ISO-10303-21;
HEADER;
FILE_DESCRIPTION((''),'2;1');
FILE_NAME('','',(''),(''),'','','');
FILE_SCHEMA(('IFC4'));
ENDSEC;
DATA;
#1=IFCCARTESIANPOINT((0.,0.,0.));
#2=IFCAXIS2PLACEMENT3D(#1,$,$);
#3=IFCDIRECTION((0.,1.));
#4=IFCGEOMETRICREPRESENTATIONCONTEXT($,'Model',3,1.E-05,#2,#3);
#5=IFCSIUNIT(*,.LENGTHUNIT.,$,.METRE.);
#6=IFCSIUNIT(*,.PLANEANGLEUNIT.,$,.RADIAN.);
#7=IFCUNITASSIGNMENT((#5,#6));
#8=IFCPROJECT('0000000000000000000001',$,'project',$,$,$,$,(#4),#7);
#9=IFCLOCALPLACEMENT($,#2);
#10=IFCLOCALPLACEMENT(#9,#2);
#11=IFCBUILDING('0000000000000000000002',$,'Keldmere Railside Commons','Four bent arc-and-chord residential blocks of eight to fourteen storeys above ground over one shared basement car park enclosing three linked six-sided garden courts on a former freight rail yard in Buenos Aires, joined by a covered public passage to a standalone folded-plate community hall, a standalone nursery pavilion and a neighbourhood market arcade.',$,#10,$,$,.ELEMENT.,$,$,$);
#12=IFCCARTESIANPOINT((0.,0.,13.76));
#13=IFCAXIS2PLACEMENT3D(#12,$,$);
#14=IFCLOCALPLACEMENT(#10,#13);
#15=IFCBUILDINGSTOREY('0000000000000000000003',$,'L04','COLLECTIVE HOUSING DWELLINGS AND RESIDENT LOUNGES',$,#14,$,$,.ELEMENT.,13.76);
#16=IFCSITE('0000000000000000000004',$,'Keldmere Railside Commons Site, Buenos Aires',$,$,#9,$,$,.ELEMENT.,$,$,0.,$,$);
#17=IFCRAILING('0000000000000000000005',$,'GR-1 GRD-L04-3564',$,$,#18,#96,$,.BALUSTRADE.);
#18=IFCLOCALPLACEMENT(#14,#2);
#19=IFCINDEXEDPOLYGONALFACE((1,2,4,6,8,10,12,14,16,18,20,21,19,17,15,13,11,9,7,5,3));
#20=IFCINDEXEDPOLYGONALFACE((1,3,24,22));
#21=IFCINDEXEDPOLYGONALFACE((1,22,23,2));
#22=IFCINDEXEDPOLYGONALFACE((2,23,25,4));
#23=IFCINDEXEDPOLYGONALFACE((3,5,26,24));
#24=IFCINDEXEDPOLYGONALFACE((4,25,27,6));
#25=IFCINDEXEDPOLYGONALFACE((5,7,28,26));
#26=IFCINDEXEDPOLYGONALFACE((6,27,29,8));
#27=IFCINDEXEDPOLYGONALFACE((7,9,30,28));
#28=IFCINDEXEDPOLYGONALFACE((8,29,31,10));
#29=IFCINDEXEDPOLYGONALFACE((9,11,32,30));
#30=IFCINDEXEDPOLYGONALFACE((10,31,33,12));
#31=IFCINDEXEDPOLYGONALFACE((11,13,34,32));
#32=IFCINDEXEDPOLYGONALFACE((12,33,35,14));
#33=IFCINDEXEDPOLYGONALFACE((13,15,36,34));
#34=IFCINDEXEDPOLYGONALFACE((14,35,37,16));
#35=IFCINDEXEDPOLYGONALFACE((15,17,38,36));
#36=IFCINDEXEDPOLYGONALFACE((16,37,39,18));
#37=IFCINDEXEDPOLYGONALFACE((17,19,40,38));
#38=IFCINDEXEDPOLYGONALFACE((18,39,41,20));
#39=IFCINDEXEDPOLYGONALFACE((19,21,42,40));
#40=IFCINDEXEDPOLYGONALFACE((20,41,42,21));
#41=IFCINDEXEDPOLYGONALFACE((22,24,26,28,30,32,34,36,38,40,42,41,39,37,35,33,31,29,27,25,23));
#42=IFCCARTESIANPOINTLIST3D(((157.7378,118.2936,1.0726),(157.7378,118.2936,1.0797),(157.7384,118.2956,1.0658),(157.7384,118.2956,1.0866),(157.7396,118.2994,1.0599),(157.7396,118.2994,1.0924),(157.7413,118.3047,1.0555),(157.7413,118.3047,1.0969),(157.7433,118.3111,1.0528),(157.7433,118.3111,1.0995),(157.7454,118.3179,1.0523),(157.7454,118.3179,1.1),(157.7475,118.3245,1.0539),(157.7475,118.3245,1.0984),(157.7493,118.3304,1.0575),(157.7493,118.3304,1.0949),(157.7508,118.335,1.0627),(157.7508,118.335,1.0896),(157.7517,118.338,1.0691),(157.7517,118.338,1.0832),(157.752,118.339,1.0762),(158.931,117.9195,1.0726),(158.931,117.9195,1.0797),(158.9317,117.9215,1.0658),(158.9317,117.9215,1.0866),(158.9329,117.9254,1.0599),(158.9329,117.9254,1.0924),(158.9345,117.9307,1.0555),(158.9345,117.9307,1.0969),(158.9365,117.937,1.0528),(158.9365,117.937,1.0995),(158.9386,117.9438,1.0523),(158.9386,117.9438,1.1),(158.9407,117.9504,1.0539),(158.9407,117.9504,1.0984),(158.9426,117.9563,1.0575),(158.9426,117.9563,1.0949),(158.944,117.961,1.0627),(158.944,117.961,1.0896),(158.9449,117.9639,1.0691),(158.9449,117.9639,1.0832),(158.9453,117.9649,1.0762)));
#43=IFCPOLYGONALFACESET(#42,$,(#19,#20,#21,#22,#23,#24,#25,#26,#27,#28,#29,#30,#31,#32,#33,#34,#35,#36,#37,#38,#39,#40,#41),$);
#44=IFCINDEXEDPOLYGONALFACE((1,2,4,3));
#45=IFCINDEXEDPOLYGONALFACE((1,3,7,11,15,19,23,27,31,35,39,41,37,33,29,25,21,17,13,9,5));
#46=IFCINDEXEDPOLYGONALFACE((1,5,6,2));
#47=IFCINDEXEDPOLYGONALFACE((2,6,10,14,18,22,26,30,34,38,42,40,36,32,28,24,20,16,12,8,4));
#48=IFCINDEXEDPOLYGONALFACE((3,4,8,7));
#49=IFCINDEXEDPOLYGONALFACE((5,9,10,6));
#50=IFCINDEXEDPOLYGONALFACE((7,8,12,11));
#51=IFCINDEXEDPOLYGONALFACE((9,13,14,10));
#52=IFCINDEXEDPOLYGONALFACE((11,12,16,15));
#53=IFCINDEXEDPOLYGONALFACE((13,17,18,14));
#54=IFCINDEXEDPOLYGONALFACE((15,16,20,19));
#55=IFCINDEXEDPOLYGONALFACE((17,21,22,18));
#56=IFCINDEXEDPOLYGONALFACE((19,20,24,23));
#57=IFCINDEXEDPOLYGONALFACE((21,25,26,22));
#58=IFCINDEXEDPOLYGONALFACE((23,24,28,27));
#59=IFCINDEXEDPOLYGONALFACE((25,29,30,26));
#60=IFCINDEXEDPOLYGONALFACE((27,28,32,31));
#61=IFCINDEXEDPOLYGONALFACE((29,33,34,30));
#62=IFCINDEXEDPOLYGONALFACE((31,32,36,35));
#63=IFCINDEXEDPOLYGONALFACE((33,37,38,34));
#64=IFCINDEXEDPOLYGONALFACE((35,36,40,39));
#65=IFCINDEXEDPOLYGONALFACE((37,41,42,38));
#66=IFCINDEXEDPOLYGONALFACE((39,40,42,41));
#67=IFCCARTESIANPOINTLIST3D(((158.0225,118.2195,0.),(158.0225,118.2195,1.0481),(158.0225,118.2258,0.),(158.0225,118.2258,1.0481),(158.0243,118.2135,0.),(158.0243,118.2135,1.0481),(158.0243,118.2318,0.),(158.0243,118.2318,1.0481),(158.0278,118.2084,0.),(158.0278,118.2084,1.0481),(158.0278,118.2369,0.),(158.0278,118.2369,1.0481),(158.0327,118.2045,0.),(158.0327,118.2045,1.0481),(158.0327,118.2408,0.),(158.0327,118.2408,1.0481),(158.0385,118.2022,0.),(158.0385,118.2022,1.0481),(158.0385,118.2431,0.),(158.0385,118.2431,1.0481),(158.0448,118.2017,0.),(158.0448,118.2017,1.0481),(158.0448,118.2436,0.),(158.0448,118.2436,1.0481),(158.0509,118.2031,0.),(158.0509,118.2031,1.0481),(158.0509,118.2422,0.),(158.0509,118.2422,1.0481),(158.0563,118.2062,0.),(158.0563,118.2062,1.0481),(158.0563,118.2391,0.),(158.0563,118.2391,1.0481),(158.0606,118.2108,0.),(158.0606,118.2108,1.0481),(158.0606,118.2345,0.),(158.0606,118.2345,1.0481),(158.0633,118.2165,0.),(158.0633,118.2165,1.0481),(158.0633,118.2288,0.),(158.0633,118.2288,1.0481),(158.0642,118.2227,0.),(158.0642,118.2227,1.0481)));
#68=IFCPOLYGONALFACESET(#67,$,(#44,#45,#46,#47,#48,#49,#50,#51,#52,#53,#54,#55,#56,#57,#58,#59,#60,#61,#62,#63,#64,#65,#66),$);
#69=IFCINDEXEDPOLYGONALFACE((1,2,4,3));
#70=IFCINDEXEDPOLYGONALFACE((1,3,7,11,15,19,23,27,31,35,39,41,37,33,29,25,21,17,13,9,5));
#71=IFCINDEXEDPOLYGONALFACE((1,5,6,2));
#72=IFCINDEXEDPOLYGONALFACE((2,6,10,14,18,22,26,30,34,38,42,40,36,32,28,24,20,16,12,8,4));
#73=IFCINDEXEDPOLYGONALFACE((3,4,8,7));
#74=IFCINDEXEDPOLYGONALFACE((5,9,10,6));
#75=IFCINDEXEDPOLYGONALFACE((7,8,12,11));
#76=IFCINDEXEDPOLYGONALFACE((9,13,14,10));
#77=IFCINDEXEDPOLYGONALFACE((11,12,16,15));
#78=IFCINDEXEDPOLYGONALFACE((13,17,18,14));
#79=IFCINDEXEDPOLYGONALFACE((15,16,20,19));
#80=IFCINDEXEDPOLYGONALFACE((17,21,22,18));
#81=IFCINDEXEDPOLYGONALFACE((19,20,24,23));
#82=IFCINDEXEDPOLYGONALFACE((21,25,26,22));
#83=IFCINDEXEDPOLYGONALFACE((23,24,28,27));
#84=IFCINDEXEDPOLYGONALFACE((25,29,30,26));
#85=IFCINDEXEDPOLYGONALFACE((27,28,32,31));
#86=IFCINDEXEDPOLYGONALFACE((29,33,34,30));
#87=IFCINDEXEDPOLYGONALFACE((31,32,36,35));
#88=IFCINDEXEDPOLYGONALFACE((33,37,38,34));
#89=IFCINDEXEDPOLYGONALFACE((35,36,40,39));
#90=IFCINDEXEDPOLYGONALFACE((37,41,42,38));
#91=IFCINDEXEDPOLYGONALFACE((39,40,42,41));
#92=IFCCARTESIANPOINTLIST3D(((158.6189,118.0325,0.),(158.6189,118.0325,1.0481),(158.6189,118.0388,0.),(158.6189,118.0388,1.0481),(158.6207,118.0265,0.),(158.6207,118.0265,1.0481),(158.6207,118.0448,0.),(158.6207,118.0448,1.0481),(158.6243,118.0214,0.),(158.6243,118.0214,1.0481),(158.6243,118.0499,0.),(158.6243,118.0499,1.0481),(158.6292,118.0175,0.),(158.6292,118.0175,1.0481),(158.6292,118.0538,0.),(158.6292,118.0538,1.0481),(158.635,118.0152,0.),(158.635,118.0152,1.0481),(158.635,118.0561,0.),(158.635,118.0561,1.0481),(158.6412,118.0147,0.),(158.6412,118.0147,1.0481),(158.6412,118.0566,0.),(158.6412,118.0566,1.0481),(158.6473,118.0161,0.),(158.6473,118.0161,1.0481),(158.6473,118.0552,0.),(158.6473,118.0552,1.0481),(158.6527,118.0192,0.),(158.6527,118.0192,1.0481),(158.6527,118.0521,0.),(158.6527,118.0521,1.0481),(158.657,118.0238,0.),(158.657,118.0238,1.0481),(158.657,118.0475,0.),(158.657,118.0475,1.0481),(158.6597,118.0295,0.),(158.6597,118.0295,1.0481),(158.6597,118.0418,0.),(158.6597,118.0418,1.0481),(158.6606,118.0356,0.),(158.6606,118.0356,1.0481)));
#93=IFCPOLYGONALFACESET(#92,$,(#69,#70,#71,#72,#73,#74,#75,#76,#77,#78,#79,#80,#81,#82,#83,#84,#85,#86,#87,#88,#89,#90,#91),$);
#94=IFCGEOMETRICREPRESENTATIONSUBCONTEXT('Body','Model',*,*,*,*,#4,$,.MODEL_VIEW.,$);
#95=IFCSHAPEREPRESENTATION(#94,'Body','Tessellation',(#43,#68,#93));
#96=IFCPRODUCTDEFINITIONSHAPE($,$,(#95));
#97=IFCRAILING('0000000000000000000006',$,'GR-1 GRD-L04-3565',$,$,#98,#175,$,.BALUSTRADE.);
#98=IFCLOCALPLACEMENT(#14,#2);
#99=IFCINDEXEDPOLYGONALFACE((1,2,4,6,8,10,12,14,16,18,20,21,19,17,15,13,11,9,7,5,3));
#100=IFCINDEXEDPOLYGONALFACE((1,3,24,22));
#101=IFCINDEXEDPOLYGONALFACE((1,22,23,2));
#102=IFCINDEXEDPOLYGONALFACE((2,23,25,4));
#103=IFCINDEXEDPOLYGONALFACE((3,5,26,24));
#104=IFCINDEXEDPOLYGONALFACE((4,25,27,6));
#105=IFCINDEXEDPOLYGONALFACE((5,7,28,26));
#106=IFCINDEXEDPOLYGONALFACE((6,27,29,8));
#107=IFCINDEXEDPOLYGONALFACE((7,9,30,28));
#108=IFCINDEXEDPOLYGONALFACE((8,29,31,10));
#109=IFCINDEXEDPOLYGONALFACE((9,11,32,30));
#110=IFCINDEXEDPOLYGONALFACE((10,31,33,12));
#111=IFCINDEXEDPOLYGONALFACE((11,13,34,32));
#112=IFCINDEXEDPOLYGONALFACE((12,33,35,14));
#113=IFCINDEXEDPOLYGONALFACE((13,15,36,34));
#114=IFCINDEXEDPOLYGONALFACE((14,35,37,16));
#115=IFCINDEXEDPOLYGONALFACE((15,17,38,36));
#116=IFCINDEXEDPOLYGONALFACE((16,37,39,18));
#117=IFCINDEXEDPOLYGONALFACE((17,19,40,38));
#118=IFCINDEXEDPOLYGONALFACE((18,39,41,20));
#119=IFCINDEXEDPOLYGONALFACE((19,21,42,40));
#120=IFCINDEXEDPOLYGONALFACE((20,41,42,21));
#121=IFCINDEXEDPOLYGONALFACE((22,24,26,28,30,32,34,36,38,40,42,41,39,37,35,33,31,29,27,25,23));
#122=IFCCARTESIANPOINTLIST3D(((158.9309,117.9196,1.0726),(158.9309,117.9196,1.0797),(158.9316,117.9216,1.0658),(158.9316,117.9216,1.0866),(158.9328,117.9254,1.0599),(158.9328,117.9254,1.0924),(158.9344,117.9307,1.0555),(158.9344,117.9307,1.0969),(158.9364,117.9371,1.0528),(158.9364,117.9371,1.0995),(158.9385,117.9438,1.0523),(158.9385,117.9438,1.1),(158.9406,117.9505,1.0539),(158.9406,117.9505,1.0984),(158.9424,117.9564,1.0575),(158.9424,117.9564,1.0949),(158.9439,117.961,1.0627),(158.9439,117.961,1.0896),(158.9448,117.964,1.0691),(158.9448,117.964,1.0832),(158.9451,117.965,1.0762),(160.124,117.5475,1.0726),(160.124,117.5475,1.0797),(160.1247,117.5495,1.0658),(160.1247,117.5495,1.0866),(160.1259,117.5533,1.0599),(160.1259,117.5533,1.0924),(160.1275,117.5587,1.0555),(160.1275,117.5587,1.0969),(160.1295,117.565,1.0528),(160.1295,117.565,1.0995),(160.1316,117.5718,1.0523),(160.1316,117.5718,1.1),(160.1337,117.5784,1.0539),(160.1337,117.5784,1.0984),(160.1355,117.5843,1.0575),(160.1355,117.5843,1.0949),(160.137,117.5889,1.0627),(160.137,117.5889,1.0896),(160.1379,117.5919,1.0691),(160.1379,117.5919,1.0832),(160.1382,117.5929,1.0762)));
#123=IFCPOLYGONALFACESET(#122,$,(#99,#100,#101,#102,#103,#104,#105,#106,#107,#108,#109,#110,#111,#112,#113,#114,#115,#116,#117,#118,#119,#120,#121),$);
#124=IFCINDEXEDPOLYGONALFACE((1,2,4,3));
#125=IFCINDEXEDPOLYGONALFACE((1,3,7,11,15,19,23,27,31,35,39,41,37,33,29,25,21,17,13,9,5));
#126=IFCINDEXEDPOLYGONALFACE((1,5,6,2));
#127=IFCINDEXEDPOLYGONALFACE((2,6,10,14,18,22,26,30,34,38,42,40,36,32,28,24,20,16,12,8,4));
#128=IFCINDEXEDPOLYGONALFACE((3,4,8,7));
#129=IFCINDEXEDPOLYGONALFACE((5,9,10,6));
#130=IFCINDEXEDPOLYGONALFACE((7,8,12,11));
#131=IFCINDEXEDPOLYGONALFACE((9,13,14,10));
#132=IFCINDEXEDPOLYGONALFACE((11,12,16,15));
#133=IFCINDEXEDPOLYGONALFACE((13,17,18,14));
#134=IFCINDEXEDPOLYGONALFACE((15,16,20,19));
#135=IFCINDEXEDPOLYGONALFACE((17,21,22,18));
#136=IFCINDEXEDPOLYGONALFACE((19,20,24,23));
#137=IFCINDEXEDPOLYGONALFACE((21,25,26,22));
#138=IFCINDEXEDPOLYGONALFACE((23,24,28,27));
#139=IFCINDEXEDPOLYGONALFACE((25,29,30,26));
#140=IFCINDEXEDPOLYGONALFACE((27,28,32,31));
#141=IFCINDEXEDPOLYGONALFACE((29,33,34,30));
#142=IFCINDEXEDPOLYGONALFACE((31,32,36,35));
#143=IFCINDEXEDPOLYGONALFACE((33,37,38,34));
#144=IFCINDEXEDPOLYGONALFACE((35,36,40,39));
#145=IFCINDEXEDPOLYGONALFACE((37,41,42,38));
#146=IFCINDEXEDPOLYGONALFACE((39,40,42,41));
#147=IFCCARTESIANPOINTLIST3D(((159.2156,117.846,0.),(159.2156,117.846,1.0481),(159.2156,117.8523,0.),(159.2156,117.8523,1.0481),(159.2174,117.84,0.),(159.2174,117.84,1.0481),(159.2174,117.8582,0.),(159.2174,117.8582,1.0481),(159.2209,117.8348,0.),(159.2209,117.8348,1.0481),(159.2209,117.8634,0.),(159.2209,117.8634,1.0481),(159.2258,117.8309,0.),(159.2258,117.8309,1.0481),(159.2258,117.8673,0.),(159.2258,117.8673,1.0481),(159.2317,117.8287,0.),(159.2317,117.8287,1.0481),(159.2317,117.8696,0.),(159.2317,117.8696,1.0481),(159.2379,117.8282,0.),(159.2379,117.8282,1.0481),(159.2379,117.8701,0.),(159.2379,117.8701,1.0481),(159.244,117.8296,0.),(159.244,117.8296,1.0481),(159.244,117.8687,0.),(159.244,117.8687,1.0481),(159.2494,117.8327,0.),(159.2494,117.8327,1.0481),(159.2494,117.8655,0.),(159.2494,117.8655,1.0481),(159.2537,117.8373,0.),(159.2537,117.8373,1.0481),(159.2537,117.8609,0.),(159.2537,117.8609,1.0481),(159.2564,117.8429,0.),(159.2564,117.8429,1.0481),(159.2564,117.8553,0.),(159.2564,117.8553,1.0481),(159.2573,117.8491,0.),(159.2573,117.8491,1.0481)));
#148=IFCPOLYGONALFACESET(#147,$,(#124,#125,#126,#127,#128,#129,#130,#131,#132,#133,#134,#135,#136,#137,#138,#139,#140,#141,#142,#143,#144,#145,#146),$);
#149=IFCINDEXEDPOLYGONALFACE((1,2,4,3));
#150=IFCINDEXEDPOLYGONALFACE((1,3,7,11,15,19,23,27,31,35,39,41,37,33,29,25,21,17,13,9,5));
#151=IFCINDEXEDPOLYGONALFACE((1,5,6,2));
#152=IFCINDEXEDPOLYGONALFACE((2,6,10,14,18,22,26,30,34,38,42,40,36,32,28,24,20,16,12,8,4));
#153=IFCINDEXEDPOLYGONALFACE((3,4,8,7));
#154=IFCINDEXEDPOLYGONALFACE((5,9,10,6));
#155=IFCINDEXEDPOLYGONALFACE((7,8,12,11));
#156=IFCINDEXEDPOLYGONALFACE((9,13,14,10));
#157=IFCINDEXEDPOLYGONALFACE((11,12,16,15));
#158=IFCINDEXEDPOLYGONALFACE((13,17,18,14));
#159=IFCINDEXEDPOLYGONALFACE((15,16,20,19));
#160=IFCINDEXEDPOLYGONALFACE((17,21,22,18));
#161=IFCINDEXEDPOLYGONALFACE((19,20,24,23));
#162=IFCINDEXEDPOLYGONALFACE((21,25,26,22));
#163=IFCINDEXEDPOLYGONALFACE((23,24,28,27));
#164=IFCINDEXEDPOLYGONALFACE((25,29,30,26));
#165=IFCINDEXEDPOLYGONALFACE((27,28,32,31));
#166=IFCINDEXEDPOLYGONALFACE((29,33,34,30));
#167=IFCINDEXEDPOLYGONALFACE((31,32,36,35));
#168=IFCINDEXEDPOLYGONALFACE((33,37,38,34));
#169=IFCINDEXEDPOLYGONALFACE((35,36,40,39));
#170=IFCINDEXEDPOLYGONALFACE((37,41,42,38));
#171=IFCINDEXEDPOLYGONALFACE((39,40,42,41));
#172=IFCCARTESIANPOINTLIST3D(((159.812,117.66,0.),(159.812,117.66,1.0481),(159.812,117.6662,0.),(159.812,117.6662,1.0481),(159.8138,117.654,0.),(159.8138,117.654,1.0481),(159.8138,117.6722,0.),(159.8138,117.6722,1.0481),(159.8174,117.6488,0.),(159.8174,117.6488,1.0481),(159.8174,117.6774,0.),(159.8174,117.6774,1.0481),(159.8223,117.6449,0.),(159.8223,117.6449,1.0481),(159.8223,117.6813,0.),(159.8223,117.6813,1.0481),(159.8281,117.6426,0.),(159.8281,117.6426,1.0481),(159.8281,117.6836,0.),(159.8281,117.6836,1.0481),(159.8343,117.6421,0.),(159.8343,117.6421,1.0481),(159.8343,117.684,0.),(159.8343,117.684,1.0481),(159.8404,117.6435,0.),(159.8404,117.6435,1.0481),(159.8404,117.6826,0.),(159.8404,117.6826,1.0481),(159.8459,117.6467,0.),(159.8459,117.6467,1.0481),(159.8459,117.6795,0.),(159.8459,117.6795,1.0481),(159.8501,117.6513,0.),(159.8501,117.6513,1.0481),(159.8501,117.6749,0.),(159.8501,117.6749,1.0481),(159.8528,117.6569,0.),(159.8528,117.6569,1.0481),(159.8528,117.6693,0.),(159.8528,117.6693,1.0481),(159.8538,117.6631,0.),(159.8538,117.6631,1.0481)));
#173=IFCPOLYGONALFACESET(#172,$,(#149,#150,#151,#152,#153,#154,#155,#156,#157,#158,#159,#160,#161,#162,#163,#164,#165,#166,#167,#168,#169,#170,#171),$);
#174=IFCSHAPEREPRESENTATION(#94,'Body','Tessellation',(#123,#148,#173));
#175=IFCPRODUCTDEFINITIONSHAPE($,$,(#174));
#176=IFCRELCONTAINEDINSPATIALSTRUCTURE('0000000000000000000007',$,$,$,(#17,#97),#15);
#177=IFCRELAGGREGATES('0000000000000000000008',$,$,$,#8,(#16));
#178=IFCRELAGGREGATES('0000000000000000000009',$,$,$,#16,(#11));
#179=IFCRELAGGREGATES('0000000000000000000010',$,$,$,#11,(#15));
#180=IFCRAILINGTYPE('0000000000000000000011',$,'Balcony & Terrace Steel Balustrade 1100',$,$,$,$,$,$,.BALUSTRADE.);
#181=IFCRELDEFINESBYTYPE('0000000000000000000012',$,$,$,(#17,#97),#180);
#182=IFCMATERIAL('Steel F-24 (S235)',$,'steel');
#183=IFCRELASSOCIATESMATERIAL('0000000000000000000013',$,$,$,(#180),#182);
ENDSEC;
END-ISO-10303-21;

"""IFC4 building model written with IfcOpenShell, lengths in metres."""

from ifc_helpers import new_model, si_unit, direction, frame, origin, origin_2d, place, context, subcontext, project, spatial, circle, extrude, material, type_object, element, save


model = new_model("IFC4")

# Units and contexts
model_context = context("Model", 3, precision=1e-05, world=origin(), true_north=direction((0.0, 1.0)))
body_context = subcontext(model_context, "Body", "Model", "MODEL_VIEW")
ifc_project = project(units=[si_unit("LENGTHUNIT", "METRE"), si_unit("PLANEANGLEUNIT", "RADIAN")], contexts=[model_context])

# Site, building, storey
site_placement = place(None, origin())
site = spatial("IfcSite", under=ifc_project, at=site_placement, Name="Keldmere Railside Commons Site, Buenos Aires", CompositionType="ELEMENT", RefElevation=0.0)
building_placement = place(site_placement, origin())
building = spatial("IfcBuilding", under=site, at=building_placement, Name="Keldmere Railside Commons", Description="Four bent arc-and-chord residential blocks of eight to fourteen storeys above ground over one shared basement car park enclosing three linked six-sided garden courts on a former freight rail yard in Buenos Aires, joined by a covered public passage to a standalone folded-plate community hall, a standalone nursery pavilion and a neighbourhood market arcade.", CompositionType="ELEMENT")
storey_placement = place(building_placement, frame((0.0, 0.0, 13.76)))
storey = spatial("IfcBuildingStorey", under=building, at=storey_placement, Name="L04", Description="COLLECTIVE HOUSING DWELLINGS AND RESIDENT LOUNGES", CompositionType="ELEMENT", Elevation=13.76)

# Railings
ifc_material_1 = material(Name="Steel F-24 (S235)", Category="steel")
railing_type = type_object("IfcRailingType", Name="Balcony & Terrace Steel Balustrade 1100", PredefinedType="BALUSTRADE", material=ifc_material_1)
railing_1_placement = place(storey_placement, frame((157.7449, 118.3162, 0.0)))
element("IfcRailing", 1, at=railing_1_placement, inside=storey, type_object=railing_type, Name="GR-1 GRD-L04-3564", PredefinedType="BALUSTRADE", context=body_context, shape_type="SweptSolid", body=[
    extrude(circle(Radius=0.0239, at=origin_2d()), frame((0.0, 0.0, 1.0762), z_axis=(0.954212, -0.299131, 0.0), x_axis=(0.299131, 0.954212, 0.0)), (0.0, 0.0, 1.0), 1.2505),
    extrude(circle(Radius=0.021, at=origin_2d()), frame((0.2983, -0.0935, 0.0)), (0.0, 0.0, 1.0), 1.0481),
    extrude(circle(Radius=0.021, at=origin_2d()), frame((0.8948, -0.2805, 0.0)), (0.0, 0.0, 1.0), 1.0481),
])
railing_2_placement = place(storey_placement, frame((158.938, 117.9421, 0.0)))
element("IfcRailing", 2, at=railing_2_placement, inside=storey, type_object=railing_type, Name="GR-1 GRD-L04-3565", PredefinedType="BALUSTRADE", context=body_context, shape_type="SweptSolid", body=[
    extrude(circle(Radius=0.0239, at=origin_2d()), frame((0.0, 0.0, 1.0762), z_axis=(0.954657, -0.297708, 0.0), x_axis=(0.297708, 0.954657, 0.0)), (0.0, 0.0, 1.0), 1.2498),
    extrude(circle(Radius=0.021, at=origin_2d()), frame((0.2983, -0.093, 0.0)), (0.0, 0.0, 1.0), 1.0481),
    extrude(circle(Radius=0.021, at=origin_2d()), frame((0.8948, -0.2791, 0.0)), (0.0, 0.0, 1.0), 1.0481),
])

save(model, "model.ifc")
